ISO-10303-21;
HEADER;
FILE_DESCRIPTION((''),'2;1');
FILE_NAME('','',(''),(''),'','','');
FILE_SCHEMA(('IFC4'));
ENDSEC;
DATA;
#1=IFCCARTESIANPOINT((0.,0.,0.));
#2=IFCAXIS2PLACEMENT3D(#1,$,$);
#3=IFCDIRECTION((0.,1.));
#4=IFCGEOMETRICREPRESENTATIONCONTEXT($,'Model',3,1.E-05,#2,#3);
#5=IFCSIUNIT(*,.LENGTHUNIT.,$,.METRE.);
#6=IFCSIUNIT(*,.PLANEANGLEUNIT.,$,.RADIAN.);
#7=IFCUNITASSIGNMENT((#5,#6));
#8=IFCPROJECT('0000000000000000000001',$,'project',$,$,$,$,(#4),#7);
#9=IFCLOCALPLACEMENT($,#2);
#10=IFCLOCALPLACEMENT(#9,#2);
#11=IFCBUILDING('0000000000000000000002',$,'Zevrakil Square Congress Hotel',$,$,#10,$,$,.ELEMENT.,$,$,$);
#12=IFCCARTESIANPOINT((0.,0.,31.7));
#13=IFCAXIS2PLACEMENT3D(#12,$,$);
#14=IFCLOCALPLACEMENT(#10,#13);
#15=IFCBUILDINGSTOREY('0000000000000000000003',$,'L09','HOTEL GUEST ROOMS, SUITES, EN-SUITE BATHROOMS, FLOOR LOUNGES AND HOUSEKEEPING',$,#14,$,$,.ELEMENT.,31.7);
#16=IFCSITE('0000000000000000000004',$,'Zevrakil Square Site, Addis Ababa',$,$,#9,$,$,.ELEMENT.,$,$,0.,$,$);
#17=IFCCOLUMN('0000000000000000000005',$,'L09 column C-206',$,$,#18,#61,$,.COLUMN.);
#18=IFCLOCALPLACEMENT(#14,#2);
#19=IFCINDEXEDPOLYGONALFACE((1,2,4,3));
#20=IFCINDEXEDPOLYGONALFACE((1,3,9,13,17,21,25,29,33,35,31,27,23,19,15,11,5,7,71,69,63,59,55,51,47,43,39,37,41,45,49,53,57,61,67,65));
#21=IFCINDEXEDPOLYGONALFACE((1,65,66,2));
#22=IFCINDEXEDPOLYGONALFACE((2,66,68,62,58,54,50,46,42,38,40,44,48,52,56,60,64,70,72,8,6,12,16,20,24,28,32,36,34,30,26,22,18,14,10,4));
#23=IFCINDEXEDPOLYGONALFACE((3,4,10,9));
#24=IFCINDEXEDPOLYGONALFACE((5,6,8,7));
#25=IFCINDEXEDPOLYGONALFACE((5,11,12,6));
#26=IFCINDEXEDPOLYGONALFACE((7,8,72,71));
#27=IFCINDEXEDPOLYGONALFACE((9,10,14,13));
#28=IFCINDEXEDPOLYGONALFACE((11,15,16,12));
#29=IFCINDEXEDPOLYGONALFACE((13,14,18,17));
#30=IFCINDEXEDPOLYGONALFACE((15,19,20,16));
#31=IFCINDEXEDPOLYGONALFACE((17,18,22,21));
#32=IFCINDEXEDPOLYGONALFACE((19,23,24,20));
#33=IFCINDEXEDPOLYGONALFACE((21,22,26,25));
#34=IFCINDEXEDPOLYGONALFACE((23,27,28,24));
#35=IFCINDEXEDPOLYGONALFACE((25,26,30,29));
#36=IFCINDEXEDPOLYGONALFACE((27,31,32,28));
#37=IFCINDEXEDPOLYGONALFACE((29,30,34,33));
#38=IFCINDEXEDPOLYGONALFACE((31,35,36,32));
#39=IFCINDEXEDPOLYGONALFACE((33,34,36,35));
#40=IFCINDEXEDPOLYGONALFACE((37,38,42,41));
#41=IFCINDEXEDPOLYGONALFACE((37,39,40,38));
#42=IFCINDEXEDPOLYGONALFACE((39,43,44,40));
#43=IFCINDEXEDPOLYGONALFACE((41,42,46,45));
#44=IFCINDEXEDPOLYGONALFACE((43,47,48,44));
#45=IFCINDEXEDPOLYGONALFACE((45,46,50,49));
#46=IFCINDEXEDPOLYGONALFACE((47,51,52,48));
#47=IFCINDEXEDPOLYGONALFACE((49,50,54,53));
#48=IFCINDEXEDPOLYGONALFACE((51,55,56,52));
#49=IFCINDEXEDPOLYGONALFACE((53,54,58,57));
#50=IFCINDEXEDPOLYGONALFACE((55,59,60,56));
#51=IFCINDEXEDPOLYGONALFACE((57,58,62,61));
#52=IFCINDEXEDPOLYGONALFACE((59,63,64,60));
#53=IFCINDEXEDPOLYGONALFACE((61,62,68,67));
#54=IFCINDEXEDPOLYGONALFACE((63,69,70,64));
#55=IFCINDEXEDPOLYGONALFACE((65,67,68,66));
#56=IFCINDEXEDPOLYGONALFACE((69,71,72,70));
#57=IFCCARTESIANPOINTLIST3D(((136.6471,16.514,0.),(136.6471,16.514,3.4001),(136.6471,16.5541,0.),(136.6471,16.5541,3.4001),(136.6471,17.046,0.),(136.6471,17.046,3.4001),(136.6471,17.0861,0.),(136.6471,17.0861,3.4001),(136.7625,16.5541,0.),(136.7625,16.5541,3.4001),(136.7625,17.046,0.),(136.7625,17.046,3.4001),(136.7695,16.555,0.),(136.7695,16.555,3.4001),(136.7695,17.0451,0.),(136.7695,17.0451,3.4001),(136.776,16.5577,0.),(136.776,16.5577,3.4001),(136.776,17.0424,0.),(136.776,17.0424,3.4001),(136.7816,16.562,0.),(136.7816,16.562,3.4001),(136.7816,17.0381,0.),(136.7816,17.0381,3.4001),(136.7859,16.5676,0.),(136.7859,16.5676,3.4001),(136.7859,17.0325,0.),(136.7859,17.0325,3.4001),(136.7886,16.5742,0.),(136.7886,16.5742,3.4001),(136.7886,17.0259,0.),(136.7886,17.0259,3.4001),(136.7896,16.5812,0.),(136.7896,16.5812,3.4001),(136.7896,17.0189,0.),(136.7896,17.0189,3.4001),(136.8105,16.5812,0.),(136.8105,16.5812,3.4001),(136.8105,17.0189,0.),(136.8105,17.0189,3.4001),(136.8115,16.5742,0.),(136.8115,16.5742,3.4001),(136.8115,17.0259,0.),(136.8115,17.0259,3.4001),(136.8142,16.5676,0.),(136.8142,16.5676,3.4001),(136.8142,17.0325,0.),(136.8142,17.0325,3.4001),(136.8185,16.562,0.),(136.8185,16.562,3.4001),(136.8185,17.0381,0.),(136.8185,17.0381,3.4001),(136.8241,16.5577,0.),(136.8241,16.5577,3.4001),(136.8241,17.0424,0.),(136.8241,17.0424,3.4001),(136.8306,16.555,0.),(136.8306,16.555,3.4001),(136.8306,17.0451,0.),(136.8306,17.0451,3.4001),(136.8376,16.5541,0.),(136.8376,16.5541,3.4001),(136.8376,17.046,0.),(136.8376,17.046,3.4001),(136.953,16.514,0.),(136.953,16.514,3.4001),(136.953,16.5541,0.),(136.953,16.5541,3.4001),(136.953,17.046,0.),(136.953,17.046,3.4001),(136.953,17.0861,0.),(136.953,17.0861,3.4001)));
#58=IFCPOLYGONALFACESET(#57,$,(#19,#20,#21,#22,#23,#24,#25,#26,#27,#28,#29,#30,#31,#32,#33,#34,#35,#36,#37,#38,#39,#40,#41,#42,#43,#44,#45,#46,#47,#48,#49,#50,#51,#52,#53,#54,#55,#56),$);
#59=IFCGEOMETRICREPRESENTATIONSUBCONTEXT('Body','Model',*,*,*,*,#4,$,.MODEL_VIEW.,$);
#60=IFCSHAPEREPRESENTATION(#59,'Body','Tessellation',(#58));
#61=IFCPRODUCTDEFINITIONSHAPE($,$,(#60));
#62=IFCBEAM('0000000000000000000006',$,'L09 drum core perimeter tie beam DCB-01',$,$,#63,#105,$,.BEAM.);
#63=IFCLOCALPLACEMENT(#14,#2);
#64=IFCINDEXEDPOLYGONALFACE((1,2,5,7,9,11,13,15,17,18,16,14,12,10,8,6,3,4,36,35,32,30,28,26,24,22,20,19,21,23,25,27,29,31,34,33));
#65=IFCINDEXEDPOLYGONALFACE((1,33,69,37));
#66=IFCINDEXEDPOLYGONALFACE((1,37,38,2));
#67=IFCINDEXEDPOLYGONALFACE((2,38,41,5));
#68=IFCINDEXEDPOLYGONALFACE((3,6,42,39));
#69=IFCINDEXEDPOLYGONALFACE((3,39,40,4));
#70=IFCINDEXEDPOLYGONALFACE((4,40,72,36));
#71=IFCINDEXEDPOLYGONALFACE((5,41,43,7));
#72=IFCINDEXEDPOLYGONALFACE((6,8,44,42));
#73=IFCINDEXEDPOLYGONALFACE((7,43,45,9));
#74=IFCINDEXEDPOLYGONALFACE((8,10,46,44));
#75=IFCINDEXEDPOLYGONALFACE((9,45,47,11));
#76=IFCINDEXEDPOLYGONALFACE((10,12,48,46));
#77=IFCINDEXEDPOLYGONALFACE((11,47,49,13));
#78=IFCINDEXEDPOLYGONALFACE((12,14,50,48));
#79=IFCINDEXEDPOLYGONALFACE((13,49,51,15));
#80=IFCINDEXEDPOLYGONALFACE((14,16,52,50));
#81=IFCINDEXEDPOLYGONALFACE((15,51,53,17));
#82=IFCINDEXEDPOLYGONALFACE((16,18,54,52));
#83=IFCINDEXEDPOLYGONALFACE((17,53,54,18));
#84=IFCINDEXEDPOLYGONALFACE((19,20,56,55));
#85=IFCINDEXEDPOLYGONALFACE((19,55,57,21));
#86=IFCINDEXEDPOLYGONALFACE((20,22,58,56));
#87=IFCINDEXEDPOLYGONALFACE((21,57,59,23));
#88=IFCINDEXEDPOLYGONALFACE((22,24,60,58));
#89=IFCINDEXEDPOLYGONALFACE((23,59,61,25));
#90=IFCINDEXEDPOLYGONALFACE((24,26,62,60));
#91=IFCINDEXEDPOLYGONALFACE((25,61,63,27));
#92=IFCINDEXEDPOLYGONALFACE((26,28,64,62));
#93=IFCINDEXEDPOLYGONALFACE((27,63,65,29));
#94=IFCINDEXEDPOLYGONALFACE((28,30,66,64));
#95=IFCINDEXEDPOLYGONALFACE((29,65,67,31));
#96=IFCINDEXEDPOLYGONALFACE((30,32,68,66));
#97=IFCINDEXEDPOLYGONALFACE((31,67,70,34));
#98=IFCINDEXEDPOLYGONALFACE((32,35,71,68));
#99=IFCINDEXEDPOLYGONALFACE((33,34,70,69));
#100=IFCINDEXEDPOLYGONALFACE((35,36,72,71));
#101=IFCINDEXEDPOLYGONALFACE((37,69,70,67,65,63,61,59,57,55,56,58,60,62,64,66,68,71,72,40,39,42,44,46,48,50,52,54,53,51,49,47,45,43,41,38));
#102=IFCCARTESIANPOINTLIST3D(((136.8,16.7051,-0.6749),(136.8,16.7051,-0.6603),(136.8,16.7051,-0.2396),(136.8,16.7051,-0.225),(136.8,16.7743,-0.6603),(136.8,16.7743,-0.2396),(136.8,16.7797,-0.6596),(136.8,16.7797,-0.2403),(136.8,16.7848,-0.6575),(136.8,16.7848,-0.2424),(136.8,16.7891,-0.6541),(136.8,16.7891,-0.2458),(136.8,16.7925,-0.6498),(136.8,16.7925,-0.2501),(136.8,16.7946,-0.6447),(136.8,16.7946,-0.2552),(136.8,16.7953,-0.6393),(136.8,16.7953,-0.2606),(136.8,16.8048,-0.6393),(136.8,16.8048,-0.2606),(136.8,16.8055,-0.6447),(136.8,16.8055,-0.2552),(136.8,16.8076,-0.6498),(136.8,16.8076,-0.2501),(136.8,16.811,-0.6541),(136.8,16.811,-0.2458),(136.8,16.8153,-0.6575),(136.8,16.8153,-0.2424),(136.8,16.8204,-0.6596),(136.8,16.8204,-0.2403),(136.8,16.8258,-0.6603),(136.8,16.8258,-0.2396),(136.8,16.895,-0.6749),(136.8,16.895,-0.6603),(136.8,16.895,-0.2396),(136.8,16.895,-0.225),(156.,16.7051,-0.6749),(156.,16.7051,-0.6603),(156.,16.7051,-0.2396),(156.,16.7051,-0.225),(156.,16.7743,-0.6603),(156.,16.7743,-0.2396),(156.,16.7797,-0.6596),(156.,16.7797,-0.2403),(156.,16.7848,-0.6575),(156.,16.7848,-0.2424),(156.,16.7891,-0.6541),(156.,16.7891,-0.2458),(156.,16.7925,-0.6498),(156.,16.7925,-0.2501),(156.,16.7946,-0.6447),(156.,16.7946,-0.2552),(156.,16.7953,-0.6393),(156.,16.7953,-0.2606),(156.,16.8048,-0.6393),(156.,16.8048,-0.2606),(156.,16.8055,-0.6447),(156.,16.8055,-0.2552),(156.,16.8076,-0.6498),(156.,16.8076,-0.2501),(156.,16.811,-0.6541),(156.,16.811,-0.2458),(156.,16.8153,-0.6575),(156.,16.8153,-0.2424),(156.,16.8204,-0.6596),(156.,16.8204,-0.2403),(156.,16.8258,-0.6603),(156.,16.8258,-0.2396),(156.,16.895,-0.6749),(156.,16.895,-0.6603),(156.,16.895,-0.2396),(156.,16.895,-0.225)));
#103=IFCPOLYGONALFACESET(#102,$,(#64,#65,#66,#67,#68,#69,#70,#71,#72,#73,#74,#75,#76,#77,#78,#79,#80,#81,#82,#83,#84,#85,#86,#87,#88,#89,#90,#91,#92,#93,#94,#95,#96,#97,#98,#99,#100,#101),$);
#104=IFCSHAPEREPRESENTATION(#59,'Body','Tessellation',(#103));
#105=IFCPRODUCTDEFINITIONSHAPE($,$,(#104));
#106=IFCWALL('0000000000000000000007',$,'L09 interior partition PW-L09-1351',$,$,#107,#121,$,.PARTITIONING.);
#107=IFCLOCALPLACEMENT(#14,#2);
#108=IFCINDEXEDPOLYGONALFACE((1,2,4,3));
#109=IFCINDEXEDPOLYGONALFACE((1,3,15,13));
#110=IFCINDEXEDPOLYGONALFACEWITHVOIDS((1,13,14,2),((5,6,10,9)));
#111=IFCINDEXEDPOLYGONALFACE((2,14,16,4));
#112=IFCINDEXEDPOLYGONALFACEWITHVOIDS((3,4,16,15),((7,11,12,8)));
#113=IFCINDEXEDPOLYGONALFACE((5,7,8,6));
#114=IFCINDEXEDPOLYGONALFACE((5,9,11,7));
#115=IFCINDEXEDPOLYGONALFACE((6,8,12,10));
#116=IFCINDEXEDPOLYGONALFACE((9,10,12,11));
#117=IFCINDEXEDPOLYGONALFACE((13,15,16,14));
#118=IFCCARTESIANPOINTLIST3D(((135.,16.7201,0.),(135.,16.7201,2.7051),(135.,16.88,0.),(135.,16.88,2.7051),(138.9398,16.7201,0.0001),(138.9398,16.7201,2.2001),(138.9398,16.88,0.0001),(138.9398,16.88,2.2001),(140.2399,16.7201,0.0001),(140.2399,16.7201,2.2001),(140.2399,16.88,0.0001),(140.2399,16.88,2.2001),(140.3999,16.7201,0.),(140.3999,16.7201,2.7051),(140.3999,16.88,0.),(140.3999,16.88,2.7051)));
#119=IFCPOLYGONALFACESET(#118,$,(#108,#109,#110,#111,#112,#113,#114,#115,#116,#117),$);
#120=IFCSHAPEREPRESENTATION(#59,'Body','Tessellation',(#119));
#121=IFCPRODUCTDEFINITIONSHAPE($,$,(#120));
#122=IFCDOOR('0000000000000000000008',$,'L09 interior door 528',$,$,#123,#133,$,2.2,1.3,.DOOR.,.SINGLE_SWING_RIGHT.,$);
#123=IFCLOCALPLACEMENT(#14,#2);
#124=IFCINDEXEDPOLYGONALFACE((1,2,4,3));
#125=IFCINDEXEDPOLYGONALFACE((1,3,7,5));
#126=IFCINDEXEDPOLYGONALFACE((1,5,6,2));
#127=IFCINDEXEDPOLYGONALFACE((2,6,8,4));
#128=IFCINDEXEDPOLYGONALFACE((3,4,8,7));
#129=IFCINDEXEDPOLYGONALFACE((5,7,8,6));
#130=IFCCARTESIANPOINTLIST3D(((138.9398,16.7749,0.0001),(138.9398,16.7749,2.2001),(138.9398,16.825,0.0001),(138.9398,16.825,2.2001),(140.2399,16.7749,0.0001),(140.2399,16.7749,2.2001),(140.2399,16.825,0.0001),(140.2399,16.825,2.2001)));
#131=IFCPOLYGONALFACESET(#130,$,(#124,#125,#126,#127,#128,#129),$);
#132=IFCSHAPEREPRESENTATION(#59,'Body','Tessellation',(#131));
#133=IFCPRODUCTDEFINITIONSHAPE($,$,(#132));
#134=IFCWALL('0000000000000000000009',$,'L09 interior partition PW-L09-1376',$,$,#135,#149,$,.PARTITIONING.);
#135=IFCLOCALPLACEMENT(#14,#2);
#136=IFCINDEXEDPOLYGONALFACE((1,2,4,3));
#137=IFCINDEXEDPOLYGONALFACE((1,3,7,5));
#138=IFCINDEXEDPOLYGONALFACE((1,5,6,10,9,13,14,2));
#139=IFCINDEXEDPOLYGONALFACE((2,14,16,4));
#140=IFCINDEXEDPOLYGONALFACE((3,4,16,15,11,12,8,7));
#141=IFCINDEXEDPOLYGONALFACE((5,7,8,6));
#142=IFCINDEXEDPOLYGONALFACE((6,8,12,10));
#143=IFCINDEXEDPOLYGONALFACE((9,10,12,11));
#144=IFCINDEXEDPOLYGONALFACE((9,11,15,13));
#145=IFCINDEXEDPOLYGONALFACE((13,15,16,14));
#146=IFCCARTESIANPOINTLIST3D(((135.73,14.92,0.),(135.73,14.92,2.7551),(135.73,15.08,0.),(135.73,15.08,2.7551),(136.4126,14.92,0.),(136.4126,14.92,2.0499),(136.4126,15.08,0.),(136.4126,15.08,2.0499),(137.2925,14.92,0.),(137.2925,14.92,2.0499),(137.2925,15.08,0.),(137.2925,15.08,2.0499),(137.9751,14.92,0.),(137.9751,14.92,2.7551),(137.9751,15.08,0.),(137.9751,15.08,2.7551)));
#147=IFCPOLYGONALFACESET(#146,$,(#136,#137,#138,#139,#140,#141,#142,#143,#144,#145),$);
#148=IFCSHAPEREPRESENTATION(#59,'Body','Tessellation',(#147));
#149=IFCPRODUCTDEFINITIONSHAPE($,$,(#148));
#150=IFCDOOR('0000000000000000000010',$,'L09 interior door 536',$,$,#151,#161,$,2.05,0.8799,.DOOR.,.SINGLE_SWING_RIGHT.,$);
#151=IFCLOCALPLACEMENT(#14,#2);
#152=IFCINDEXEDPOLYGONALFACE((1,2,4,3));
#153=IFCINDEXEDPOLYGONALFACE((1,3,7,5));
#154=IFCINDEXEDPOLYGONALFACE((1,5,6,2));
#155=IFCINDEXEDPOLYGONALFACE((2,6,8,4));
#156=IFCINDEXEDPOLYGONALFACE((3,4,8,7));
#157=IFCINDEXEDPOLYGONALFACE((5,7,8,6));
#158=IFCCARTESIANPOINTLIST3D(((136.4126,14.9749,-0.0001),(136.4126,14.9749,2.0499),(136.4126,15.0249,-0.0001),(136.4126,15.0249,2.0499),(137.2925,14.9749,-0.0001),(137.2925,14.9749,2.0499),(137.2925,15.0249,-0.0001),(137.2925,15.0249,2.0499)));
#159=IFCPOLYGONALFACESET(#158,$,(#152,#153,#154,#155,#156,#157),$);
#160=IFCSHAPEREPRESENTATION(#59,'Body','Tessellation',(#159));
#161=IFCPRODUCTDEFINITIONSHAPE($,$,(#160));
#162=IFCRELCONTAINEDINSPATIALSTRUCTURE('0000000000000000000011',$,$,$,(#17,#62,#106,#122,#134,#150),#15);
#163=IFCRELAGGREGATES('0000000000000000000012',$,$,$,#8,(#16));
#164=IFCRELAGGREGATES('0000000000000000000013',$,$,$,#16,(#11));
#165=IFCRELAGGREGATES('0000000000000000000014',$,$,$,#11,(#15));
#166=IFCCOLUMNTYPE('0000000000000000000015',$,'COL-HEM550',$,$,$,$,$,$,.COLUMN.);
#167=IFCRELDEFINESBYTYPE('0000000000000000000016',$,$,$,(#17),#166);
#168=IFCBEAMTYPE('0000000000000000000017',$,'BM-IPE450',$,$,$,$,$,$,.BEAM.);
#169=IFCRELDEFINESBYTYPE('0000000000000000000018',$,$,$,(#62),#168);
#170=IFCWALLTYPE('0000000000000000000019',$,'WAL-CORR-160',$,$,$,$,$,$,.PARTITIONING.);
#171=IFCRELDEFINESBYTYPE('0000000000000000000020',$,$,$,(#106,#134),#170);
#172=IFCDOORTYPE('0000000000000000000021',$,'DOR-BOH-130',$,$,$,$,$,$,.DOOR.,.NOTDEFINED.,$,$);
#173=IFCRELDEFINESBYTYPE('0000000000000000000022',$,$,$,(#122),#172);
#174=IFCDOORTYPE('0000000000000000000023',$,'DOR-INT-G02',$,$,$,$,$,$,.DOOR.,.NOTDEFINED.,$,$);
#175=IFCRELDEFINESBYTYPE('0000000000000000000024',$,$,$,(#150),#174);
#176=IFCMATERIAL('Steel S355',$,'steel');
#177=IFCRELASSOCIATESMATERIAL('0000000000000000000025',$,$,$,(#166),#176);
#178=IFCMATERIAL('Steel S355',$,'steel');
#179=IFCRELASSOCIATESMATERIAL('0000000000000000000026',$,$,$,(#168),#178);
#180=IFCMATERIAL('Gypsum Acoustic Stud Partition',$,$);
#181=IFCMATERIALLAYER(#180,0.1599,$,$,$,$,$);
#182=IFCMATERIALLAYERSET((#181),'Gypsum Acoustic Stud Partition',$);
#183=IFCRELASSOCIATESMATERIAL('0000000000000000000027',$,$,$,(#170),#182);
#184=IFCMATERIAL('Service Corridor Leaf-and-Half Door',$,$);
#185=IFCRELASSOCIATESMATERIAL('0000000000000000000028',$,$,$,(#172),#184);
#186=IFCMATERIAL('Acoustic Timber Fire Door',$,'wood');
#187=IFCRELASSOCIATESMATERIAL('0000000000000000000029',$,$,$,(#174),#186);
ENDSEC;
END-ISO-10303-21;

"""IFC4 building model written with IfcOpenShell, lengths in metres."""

from ifc_helpers import new_model, si_unit, direction, frame, frame_2d, origin, origin_2d, place, context, subcontext, project, spatial, rectangle, i_section, extrude, material, layer, layer_set, material_profile, profile_set, type_object, element, fill, save


model = new_model("IFC4")

# Units and contexts
model_context = context("Model", 3, precision=1e-05, world=origin(), true_north=direction((0.0, 1.0)))
body_context = subcontext(model_context, "Body", "Model", "MODEL_VIEW")
ifc_project = project(units=[si_unit("LENGTHUNIT", "METRE"), si_unit("PLANEANGLEUNIT", "RADIAN")], contexts=[model_context])

# Site, building, storey
site_placement = place(None, origin())
site = spatial("IfcSite", under=ifc_project, at=site_placement, Name="Zevrakil Square Site, Addis Ababa", CompositionType="ELEMENT", RefElevation=0.0)
building_placement = place(site_placement, origin())
building = spatial("IfcBuilding", under=site, at=building_placement, Name="Zevrakil Square Congress Hotel", CompositionType="ELEMENT")
storey_placement = place(building_placement, frame((0.0, 0.0, 31.7)))
storey = spatial("IfcBuildingStorey", under=building, at=storey_placement, Name="L09", Description="HOTEL GUEST ROOMS, SUITES, EN-SUITE BATHROOMS, FLOOR LOUNGES AND HOUSEKEEPING", CompositionType="ELEMENT", Elevation=31.7)

# Column
ifc_material_1 = material(Name="Steel S355", Category="steel")
ifc_material_profile_1 = material_profile(ifc_material_1, i_section(OverallWidth=0.3059, OverallDepth=0.572, WebThickness=0.021, FlangeThickness=0.04, FilletRadius=0.0271, at=origin_2d()), Name="HEM 550")
ifc_profile_set_1 = profile_set([ifc_material_profile_1], Name="Steel S355")
column_type = type_object("IfcColumnType", Name="COL-HEM550", PredefinedType="COLUMN", material=ifc_profile_set_1)
column_placement = place(storey_placement, frame((136.8, 16.8, 0.0), z_axis=(0.0, 0.0, 1.0), x_axis=(1.0, 0.0, 0.0)))
element("IfcColumn", 1, at=column_placement, inside=storey, type_object=column_type, Name="L09 column C-206", PredefinedType="COLUMN", context=body_context, shape_type="SweptSolid", body=[
    extrude(i_section(OverallWidth=0.3059, OverallDepth=0.572, WebThickness=0.021, FlangeThickness=0.04, FilletRadius=0.0271, at=origin_2d()), origin(), (0.0, 0.0, 1.0), 3.4001),
])

# Beam
ifc_material_2 = material(Name="Steel S355", Category="steel")
ifc_material_profile_2 = material_profile(ifc_material_2, i_section(OverallWidth=0.1899, OverallDepth=0.45, WebThickness=0.0095, FlangeThickness=0.0146, FilletRadius=0.021, at=origin_2d()), Name="IPE 450")
ifc_profile_set_2 = profile_set([ifc_material_profile_2], Name="Steel S355")
beam_type = type_object("IfcBeamType", Name="BM-IPE450", PredefinedType="BEAM", material=ifc_profile_set_2)
beam_placement = place(storey_placement, frame((136.8, 16.8, -0.45), z_axis=(1.0, 0.0, 0.0), x_axis=(0.0, 1.0, 0.0)))
element("IfcBeam", 2, at=beam_placement, inside=storey, type_object=beam_type, Name="L09 drum core perimeter tie beam DCB-01", PredefinedType="BEAM", context=body_context, shape_type="SweptSolid", body=[
    extrude(i_section(OverallWidth=0.1899, OverallDepth=0.45, WebThickness=0.0095, FlangeThickness=0.0146, FilletRadius=0.021, at=origin_2d()), origin(), (0.0, 0.0, 1.0), 19.2),
])

# Walls, openings, doors
ifc_material_3 = material(Name="Gypsum Acoustic Stud Partition")
ifc_layer_1 = layer(ifc_material_3, 0.1599)
ifc_layer_set_1 = layer_set([ifc_layer_1], Name="Gypsum Acoustic Stud Partition")
wall_type_1 = type_object("IfcWallType", Name="WAL-CORR-160", PredefinedType="PARTITIONING", material=ifc_layer_set_1)
wall_1_placement = place(storey_placement, frame((135.0, 16.8, 0.0), z_axis=(0.0, 0.0, 1.0), x_axis=(1.0, 0.0, 0.0)))
wall_1 = element("IfcWall", 3, at=wall_1_placement, inside=storey, type_object=wall_type_1, Name="L09 interior partition PW-L09-1351", PredefinedType="PARTITIONING", context=body_context, shape_type="SweptSolid", body=[
    extrude(rectangle(XDim=5.3999, YDim=0.1599, at=frame_2d((2.7, 0.0))), origin(), (0.0, 0.0, 1.0), 2.7051),
])
opening_1_placement = place(wall_1_placement, frame((3.9399, 0.0, 0.0)))
opening_1 = element("IfcOpeningElement", 4, at=opening_1_placement, cuts=wall_1, PredefinedType="OPENING", context=body_context, shape_type="SweptSolid", body=[
    extrude(rectangle(XDim=1.3, YDim=2.2, at=frame_2d((0.6499, 1.1001))), frame((0.0, 0.0898, 0.0), z_axis=(0.0, -1.0, 0.0), x_axis=(1.0, 0.0, 0.0)), (0.0, 0.0, 1.0), 0.1799),
])
ifc_material_4 = material(Name="Service Corridor Leaf-and-Half Door")
door_type_1 = type_object("IfcDoorType", Name="DOR-BOH-130", OperationType="NOTDEFINED", PredefinedType="DOOR", material=ifc_material_4)
door_1_placement = place(opening_1_placement, origin())
door_1 = element("IfcDoor", 5, at=door_1_placement, inside=storey, type_object=door_type_1, Name="L09 interior door 528", OperationType="SINGLE_SWING_RIGHT", OverallHeight=2.2, OverallWidth=1.3, PredefinedType="DOOR", context=body_context, shape_type="SweptSolid", body=[
    extrude(rectangle(XDim=1.3, YDim=2.2, at=frame_2d((0.6499, 1.1001))), frame((0.0, 0.0249, 0.0), z_axis=(0.0, -1.0, 0.0), x_axis=(1.0, 0.0, 0.0)), (0.0, 0.0, 1.0), 0.05),
])
fill(opening_1, door_1)
wall_2_placement = place(storey_placement, frame((135.73, 15.0, 0.0), z_axis=(0.0, 0.0, 1.0), x_axis=(1.0, 0.0, 0.0)))
wall_2 = element("IfcWall", 6, at=wall_2_placement, inside=storey, type_object=wall_type_1, Name="L09 interior partition PW-L09-1376", PredefinedType="PARTITIONING", context=body_context, shape_type="SweptSolid", body=[
    extrude(rectangle(XDim=2.2451, YDim=0.1599, at=frame_2d((1.1226, 0.0))), origin(), (0.0, 0.0, 1.0), 2.7551),
])
opening_2_placement = place(wall_2_placement, frame((0.6826, 0.0, 0.0)))
opening_2 = element("IfcOpeningElement", 7, at=opening_2_placement, cuts=wall_2, PredefinedType="OPENING", context=body_context, shape_type="SweptSolid", body=[
    extrude(rectangle(XDim=0.8799, YDim=2.05, at=frame_2d((0.4399, 1.0249))), frame((0.0, 0.0898, 0.0), z_axis=(0.0, -1.0, 0.0), x_axis=(1.0, 0.0, 0.0)), (0.0, 0.0, 1.0), 0.1799),
])
ifc_material_5 = material(Name="Acoustic Timber Fire Door", Category="wood")
door_type_2 = type_object("IfcDoorType", Name="DOR-INT-G02", OperationType="NOTDEFINED", PredefinedType="DOOR", material=ifc_material_5)
door_2_placement = place(opening_2_placement, origin())
door_2 = element("IfcDoor", 8, at=door_2_placement, inside=storey, type_object=door_type_2, Name="L09 interior door 536", OperationType="SINGLE_SWING_RIGHT", OverallHeight=2.05, OverallWidth=0.8799, PredefinedType="DOOR", context=body_context, shape_type="SweptSolid", body=[
    extrude(rectangle(XDim=0.8799, YDim=2.05, at=frame_2d((0.4399, 1.0249))), frame((0.0, 0.0249, 0.0), z_axis=(0.0, -1.0, 0.0), x_axis=(1.0, 0.0, 0.0)), (0.0, 0.0, 1.0), 0.05),
])
fill(opening_2, door_2)

save(model, "model.ifc")
